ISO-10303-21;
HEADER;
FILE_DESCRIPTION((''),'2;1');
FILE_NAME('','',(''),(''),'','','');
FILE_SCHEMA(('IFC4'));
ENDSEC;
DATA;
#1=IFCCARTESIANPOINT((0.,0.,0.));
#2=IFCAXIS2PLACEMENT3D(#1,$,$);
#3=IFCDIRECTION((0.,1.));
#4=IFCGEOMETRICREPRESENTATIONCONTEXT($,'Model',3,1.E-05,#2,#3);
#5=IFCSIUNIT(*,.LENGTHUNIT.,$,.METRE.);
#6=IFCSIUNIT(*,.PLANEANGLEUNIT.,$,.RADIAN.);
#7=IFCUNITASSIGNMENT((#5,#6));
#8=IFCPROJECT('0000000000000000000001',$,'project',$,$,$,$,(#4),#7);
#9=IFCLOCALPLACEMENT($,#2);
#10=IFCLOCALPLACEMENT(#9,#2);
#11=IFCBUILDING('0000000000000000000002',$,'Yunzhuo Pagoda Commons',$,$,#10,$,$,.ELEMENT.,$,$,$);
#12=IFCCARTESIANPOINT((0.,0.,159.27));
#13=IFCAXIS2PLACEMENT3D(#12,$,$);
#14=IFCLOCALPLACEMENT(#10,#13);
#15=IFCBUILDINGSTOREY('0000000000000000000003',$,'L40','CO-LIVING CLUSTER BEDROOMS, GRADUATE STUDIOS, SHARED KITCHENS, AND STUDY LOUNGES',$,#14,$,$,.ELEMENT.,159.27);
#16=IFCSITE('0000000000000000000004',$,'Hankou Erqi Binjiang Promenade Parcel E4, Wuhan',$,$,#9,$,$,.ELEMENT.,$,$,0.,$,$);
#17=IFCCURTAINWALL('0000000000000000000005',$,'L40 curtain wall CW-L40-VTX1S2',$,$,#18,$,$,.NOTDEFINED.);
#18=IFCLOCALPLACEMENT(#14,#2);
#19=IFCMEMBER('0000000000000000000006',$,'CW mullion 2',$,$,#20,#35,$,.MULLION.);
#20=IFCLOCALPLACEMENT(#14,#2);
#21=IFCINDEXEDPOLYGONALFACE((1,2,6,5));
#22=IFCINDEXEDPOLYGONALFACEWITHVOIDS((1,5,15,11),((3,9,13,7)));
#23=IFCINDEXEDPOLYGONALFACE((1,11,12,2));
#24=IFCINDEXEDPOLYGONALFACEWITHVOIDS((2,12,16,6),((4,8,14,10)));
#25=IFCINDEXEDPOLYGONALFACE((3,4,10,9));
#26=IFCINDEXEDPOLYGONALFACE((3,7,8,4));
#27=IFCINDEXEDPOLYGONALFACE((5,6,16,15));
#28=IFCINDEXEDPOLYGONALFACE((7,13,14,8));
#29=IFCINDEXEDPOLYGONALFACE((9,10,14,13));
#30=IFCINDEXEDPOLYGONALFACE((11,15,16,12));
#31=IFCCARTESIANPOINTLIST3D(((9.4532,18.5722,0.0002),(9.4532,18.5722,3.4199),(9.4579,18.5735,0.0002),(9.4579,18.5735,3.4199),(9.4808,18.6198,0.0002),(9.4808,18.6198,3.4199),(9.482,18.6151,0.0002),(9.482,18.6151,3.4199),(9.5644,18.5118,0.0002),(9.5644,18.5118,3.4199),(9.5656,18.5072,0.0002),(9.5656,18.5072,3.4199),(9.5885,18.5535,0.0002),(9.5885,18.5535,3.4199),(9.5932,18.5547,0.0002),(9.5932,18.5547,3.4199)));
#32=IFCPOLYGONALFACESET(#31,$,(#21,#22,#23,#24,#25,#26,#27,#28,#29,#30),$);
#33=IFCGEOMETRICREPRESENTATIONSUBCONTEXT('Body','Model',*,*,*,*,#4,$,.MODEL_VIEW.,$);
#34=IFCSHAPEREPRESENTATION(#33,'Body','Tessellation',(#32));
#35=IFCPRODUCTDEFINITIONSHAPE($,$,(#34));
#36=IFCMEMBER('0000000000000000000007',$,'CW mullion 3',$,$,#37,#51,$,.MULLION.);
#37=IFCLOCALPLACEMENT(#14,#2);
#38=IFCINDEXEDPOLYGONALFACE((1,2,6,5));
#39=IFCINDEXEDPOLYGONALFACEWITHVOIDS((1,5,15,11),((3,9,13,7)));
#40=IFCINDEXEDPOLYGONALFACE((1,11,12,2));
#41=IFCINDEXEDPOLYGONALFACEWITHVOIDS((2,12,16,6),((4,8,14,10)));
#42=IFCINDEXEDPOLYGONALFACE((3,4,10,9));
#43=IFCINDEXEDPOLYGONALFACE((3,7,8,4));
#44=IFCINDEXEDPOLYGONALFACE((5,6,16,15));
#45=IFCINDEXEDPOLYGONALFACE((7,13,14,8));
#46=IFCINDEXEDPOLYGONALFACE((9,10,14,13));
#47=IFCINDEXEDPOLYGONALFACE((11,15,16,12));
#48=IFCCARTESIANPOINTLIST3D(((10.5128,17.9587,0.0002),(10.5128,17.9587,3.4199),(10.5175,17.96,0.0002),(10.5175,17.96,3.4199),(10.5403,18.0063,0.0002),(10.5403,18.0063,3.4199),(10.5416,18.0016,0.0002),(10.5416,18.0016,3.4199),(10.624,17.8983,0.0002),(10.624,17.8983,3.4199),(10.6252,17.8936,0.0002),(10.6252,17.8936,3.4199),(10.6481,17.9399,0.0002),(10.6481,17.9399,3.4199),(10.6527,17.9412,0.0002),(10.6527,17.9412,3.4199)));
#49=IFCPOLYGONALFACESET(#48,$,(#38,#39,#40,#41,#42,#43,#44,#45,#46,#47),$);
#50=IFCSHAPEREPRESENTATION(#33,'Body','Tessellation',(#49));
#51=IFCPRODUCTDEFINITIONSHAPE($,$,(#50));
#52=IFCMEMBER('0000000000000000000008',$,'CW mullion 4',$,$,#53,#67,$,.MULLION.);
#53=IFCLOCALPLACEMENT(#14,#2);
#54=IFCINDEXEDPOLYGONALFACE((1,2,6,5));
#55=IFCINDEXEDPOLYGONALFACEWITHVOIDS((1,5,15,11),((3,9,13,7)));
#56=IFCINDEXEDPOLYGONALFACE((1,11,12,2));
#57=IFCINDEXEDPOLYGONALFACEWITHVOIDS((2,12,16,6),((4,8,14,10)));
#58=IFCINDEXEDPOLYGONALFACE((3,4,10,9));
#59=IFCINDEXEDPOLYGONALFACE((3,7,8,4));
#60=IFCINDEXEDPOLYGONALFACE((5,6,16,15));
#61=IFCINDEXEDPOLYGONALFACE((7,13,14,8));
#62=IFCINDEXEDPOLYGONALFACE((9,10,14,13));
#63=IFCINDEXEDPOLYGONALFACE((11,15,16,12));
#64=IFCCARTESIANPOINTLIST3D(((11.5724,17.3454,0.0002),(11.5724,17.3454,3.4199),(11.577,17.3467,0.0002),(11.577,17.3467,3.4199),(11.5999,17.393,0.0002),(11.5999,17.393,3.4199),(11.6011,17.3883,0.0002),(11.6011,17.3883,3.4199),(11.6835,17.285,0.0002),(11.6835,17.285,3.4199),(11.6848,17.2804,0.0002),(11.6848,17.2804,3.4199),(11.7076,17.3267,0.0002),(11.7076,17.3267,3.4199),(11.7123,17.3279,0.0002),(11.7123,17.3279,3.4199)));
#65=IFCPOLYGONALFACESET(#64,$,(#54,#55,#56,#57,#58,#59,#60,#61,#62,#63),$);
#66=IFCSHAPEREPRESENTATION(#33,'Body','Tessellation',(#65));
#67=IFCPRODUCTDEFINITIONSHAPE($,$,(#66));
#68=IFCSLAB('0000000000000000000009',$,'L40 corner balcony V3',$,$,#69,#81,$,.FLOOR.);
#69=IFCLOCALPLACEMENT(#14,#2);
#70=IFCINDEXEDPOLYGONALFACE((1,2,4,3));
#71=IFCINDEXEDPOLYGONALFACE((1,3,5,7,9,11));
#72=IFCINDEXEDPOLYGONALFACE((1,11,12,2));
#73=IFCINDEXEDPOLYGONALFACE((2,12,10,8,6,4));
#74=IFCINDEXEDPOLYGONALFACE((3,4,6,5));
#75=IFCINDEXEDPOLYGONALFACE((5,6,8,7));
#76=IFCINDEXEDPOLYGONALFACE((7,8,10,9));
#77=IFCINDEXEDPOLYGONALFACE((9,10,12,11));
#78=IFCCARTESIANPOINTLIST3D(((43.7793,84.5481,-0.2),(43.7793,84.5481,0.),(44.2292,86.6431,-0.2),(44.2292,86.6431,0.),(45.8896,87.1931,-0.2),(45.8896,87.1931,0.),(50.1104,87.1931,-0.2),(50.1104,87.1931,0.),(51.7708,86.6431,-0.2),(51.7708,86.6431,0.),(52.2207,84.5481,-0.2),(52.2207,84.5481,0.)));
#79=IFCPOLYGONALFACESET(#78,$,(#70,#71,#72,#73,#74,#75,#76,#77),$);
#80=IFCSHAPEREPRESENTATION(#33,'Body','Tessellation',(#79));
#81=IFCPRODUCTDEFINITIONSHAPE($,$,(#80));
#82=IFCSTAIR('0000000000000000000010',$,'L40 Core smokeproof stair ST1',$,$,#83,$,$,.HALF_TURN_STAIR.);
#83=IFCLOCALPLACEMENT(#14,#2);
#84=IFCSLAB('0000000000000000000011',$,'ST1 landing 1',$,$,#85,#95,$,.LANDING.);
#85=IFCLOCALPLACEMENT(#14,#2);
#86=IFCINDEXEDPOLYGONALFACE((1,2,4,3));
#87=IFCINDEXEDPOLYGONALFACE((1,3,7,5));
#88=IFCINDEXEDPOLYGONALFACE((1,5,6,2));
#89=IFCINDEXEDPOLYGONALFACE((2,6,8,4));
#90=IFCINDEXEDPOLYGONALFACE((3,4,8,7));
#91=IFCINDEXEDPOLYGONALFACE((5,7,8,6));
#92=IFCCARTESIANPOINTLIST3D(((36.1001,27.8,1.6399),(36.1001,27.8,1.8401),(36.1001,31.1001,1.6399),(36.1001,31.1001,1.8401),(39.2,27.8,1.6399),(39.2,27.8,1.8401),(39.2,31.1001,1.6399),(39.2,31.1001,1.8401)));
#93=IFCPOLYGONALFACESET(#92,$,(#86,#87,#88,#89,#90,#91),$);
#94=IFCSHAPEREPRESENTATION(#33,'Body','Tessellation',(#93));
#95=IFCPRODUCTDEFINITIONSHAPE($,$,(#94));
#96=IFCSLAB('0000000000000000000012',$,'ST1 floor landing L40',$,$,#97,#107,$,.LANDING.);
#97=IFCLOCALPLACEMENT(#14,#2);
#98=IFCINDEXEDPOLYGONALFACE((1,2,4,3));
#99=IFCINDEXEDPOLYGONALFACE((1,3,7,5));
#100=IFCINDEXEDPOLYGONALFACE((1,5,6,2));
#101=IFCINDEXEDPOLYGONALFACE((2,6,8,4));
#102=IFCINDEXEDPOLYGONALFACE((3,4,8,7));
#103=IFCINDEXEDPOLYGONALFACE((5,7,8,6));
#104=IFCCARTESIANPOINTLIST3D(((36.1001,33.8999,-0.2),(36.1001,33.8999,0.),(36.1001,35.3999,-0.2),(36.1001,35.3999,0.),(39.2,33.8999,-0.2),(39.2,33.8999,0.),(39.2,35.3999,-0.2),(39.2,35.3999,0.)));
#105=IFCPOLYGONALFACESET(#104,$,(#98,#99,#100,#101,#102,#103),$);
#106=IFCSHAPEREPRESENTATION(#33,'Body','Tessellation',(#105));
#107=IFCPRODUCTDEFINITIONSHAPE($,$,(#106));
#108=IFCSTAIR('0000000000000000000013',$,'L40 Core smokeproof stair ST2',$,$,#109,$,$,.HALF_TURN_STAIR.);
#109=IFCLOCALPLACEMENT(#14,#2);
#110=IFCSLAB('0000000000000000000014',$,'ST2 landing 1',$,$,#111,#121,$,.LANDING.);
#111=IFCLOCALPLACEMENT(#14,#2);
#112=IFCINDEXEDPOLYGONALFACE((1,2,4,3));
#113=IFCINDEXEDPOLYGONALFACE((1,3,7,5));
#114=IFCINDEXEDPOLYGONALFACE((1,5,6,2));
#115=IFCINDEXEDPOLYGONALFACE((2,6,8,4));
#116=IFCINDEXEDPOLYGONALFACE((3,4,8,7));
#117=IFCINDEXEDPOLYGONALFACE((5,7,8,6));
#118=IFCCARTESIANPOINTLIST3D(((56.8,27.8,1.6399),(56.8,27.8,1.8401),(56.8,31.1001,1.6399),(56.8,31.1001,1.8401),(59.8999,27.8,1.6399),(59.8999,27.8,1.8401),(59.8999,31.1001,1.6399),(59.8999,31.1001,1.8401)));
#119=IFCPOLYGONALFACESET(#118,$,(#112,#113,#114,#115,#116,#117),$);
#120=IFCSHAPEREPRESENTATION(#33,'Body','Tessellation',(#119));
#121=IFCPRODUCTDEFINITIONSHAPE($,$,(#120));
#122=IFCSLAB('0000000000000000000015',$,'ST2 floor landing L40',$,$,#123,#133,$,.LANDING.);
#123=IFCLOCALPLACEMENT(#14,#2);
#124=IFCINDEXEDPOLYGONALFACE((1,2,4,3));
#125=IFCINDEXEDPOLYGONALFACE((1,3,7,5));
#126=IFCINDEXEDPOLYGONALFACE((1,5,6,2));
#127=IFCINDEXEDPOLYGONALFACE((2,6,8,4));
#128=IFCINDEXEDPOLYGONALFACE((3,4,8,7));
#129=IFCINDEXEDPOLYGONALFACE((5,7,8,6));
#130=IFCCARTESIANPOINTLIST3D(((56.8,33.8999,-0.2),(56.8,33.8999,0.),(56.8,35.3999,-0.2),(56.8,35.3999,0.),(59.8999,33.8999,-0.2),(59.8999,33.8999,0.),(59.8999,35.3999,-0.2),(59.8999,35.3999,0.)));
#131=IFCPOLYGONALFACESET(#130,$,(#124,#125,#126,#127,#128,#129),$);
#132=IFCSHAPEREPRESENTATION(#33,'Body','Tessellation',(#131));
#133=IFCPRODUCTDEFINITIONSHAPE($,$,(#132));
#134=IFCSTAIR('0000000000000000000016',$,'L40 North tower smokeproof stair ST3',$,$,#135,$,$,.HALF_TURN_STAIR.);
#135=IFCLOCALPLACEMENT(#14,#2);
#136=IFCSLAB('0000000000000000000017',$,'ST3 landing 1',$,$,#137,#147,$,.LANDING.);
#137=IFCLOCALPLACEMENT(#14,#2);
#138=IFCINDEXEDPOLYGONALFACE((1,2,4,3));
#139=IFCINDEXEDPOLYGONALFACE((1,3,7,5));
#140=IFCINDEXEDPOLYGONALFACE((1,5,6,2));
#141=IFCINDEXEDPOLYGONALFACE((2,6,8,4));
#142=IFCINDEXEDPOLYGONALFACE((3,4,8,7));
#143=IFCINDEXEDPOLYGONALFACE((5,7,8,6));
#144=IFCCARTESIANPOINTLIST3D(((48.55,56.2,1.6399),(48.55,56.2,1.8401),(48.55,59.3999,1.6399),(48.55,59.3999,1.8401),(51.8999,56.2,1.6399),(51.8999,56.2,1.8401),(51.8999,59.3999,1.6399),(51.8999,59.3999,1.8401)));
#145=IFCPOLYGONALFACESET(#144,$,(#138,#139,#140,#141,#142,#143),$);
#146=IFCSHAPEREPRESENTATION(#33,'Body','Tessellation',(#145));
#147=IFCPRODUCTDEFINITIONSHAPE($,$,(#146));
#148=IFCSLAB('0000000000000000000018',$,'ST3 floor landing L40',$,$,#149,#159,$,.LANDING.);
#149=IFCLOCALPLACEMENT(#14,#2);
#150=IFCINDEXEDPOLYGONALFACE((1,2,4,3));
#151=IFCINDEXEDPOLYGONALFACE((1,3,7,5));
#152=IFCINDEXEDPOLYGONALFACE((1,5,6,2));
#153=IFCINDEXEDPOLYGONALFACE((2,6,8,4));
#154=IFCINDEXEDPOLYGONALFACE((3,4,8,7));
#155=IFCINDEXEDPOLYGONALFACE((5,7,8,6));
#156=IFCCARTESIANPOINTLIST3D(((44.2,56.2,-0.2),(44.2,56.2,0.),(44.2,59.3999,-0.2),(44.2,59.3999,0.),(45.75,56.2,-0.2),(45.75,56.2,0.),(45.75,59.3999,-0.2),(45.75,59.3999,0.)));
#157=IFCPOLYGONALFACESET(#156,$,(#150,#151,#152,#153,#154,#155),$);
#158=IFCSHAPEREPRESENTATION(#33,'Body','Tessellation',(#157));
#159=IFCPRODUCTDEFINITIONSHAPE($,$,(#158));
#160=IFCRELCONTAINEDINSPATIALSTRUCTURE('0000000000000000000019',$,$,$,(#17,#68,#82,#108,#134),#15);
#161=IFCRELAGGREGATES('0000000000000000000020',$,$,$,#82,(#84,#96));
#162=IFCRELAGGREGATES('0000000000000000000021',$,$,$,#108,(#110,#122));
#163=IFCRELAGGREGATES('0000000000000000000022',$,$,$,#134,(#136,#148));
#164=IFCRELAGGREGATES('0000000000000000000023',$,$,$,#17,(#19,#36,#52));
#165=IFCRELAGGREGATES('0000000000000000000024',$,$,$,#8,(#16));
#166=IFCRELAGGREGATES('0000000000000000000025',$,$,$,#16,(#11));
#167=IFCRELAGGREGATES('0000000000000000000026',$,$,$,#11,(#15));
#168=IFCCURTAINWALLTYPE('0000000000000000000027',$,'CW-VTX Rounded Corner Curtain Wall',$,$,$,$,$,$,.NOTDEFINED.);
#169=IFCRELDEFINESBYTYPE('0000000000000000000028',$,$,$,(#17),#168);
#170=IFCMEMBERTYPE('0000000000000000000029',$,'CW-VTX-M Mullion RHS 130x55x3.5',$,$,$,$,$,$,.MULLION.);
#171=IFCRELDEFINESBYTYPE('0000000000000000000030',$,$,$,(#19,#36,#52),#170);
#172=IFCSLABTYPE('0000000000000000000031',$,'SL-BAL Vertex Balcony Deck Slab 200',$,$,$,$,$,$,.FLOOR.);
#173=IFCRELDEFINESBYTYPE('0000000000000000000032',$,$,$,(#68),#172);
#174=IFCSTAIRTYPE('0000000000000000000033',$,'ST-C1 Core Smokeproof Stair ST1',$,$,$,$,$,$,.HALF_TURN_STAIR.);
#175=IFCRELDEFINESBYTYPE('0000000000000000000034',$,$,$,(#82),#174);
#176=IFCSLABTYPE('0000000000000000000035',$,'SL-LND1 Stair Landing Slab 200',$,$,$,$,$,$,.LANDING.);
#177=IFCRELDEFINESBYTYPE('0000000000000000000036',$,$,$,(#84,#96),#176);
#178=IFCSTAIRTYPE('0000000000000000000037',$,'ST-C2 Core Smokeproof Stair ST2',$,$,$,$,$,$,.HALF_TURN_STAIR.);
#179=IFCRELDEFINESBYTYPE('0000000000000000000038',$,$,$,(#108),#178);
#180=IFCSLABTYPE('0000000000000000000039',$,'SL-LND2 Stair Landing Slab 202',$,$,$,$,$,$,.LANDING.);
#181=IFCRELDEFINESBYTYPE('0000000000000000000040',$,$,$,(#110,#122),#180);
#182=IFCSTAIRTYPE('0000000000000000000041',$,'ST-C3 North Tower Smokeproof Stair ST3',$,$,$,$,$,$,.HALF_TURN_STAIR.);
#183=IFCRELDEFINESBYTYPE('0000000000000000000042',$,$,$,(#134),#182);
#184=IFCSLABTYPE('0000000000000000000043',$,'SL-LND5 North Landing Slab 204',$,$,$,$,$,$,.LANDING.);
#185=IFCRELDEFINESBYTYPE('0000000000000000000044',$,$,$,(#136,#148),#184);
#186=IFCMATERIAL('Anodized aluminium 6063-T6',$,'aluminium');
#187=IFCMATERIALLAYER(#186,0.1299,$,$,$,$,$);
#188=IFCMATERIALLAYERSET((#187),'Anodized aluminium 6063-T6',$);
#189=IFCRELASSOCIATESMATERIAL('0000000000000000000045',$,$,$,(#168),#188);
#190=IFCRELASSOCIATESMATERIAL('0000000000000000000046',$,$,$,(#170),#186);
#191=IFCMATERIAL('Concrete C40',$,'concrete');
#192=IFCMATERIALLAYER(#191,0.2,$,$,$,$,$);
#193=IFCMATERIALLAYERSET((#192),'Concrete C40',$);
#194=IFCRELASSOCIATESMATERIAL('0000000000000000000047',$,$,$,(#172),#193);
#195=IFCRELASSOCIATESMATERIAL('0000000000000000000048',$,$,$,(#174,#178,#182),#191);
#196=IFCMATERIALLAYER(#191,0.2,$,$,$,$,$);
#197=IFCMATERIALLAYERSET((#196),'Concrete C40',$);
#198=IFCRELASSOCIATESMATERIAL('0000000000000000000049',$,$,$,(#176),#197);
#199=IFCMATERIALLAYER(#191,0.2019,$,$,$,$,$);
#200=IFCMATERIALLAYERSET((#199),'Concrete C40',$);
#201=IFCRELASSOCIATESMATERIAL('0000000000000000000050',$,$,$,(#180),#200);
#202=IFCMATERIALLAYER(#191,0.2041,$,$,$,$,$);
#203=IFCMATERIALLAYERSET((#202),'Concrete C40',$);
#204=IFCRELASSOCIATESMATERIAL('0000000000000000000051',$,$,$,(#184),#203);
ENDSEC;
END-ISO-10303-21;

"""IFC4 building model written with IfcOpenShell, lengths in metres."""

from ifc_helpers import new_model, si_unit, direction, frame, origin, origin_2d, place, context, subcontext, project, spatial, polyline, hollow_rectangle, outline, extrude, source, transform, mapped, material, layer, layer_set, material_profile, profile_set, type_object, element, aggregate, save


model = new_model("IFC4")

# Units and contexts
model_context = context("Model", 3, precision=1e-05, world=origin(), true_north=direction((0.0, 1.0)))
body_context = subcontext(model_context, "Body", "Model", "MODEL_VIEW")
ifc_project = project(units=[si_unit("LENGTHUNIT", "METRE"), si_unit("PLANEANGLEUNIT", "RADIAN")], contexts=[model_context])

# Site, building, storey
site_placement = place(None, origin())
site = spatial("IfcSite", under=ifc_project, at=site_placement, Name="Hankou Erqi Binjiang Promenade Parcel E4, Wuhan", CompositionType="ELEMENT", RefElevation=0.0)
building_placement = place(site_placement, origin())
building = spatial("IfcBuilding", under=site, at=building_placement, Name="Yunzhuo Pagoda Commons", CompositionType="ELEMENT")
storey_placement = place(building_placement, frame((0.0, 0.0, 159.27)))
storey = spatial("IfcBuildingStorey", under=building, at=storey_placement, Name="L40", Description="CO-LIVING CLUSTER BEDROOMS, GRADUATE STUDIOS, SHARED KITCHENS, AND STUDY LOUNGES", CompositionType="ELEMENT", Elevation=159.27)

# Curtain wall, members
ifc_material_1 = material(Name="Anodized aluminium 6063-T6", Category="aluminium")
ifc_layer_1 = layer(ifc_material_1, 0.1299)
ifc_layer_set_1 = layer_set([ifc_layer_1], Name="Anodized aluminium 6063-T6")
curtain_wall_type_1 = type_object("IfcCurtainWallType", Name="CW-VTX Rounded Corner Curtain Wall", PredefinedType="NOTDEFINED", material=ifc_layer_set_1)
curtain_wall_1_placement = place(storey_placement, origin())
curtain_wall_1 = element("IfcCurtainWall", 1, at=curtain_wall_1_placement, inside=storey, type_object=curtain_wall_type_1, Name="L40 curtain wall CW-L40-VTX1S2", PredefinedType="NOTDEFINED")
ifc_material_profile_1 = material_profile(ifc_material_1, hollow_rectangle(XDim=0.0549, YDim=0.1299, WallThickness=0.0034, at=origin_2d()), Name="Anodized aluminium 6063-T6")
ifc_profile_set_1 = profile_set([ifc_material_profile_1], Name="Anodized aluminium 6063-T6")
member_type_1 = type_object("IfcMemberType", Name="CW-VTX-M Mullion RHS 130x55x3.5", PredefinedType="MULLION", material=ifc_profile_set_1)
shared_shape_1 = source(origin(), body_context, "Body", "SweptSolid", [
    extrude(hollow_rectangle(XDim=0.0549, YDim=0.1299, WallThickness=0.0034, at=origin_2d()), origin(), (0.0, 0.0, 1.0), 3.4197),
])
member_1_placement = place(storey_placement, frame((9.5232, 18.5635, 0.0002), z_axis=(0.0, 0.0, 1.0), x_axis=(0.501035, 0.865427, 0.0)))
member_1 = element("IfcMember", 2, at=member_1_placement, type_object=member_type_1, Name="CW mullion 2", PredefinedType="MULLION", context=body_context, shape_type="MappedRepresentation", body=[
    mapped(shared_shape_1, transform((0.0, 0.0, 0.0), scale=1.0)),
])
member_2_placement = place(storey_placement, frame((10.5828, 17.95, 0.0002), z_axis=(0.0, 0.0, 1.0), x_axis=(0.501035, 0.865427, 0.0)))
member_2 = element("IfcMember", 3, at=member_2_placement, type_object=member_type_1, Name="CW mullion 3", PredefinedType="MULLION", context=body_context, shape_type="MappedRepresentation", body=[
    mapped(shared_shape_1, transform((0.0, 0.0, 0.0), scale=1.0)),
])
member_3_placement = place(storey_placement, frame((11.6423, 17.3367, 0.0002), z_axis=(0.0, 0.0, 1.0), x_axis=(0.501035, 0.865427, 0.0)))
member_3 = element("IfcMember", 4, at=member_3_placement, type_object=member_type_1, Name="CW mullion 4", PredefinedType="MULLION", context=body_context, shape_type="MappedRepresentation", body=[
    mapped(shared_shape_1, transform((0.0, 0.0, 0.0), scale=1.0)),
])

# Slab
ifc_material_2 = material(Name="Concrete C40", Category="concrete")
ifc_layer_2 = layer(ifc_material_2, 0.2)
ifc_layer_set_2 = layer_set([ifc_layer_2], Name="Concrete C40")
slab_type_1 = type_object("IfcSlabType", Name="SL-BAL Vertex Balcony Deck Slab 200", PredefinedType="FLOOR", material=ifc_layer_set_2)
slab_1_placement = place(storey_placement, frame((0.0, 0.0, -0.2)))
element("IfcSlab", 5, at=slab_1_placement, inside=storey, type_object=slab_type_1, Name="L40 corner balcony V3", PredefinedType="FLOOR", context=body_context, shape_type="SweptSolid", body=[
    extrude(outline(polyline([(52.2207, 84.5481), (43.7793, 84.5481), (44.2292, 86.6431), (45.8896, 87.1931), (50.1104, 87.1931), (51.7708, 86.6431), (52.2207, 84.5481)])), origin(), (0.0, 0.0, 1.0), 0.2),
])

# Stairs, slabs
stair_type_1 = type_object("IfcStairType", Name="ST-C1 Core Smokeproof Stair ST1", PredefinedType="HALF_TURN_STAIR", material=ifc_material_2)
stair_1_placement = place(storey_placement, origin())
stair_1 = element("IfcStair", 6, at=stair_1_placement, inside=storey, type_object=stair_type_1, Name="L40 Core smokeproof stair ST1", PredefinedType="HALF_TURN_STAIR")
ifc_layer_3 = layer(ifc_material_2, 0.2)
ifc_layer_set_3 = layer_set([ifc_layer_3], Name="Concrete C40")
slab_type_2 = type_object("IfcSlabType", Name="SL-LND1 Stair Landing Slab 200", PredefinedType="LANDING", material=ifc_layer_set_3)
slab_2_placement = place(storey_placement, frame((0.0, 0.0, 1.6399)))
slab_2 = element("IfcSlab", 7, at=slab_2_placement, type_object=slab_type_2, Name="ST1 landing 1", PredefinedType="LANDING", context=body_context, shape_type="SweptSolid", body=[
    extrude(outline(polyline([(36.1001, 31.1001), (36.1001, 27.8), (39.2, 27.8), (39.2, 31.1001), (36.1001, 31.1001)])), origin(), (0.0, 0.0, 1.0), 0.2002),
])
slab_3_placement = place(storey_placement, frame((0.0, 0.0, -0.2)))
slab_3 = element("IfcSlab", 8, at=slab_3_placement, type_object=slab_type_2, Name="ST1 floor landing L40", PredefinedType="LANDING", context=body_context, shape_type="SweptSolid", body=[
    extrude(outline(polyline([(36.1001, 35.3999), (36.1001, 33.8999), (39.2, 33.8999), (39.2, 35.3999), (36.1001, 35.3999)])), origin(), (0.0, 0.0, 1.0), 0.2),
])
aggregate(stair_1, [slab_2, slab_3])
stair_type_2 = type_object("IfcStairType", Name="ST-C2 Core Smokeproof Stair ST2", PredefinedType="HALF_TURN_STAIR", material=ifc_material_2)
stair_2_placement = place(storey_placement, origin())
stair_2 = element("IfcStair", 9, at=stair_2_placement, inside=storey, type_object=stair_type_2, Name="L40 Core smokeproof stair ST2", PredefinedType="HALF_TURN_STAIR")
ifc_layer_4 = layer(ifc_material_2, 0.2019)
ifc_layer_set_4 = layer_set([ifc_layer_4], Name="Concrete C40")
slab_type_3 = type_object("IfcSlabType", Name="SL-LND2 Stair Landing Slab 202", PredefinedType="LANDING", material=ifc_layer_set_4)
slab_4_placement = place(storey_placement, frame((0.0, 0.0, 1.6399)))
slab_4 = element("IfcSlab", 10, at=slab_4_placement, type_object=slab_type_3, Name="ST2 landing 1", PredefinedType="LANDING", context=body_context, shape_type="SweptSolid", body=[
    extrude(outline(polyline([(56.8, 31.1001), (56.8, 27.8), (59.8999, 27.8), (59.8999, 31.1001), (56.8, 31.1001)])), origin(), (0.0, 0.0, 1.0), 0.2002),
])
slab_5_placement = place(storey_placement, frame((0.0, 0.0, -0.2)))
slab_5 = element("IfcSlab", 11, at=slab_5_placement, type_object=slab_type_3, Name="ST2 floor landing L40", PredefinedType="LANDING", context=body_context, shape_type="SweptSolid", body=[
    extrude(outline(polyline([(56.8, 35.3999), (56.8, 33.8999), (59.8999, 33.8999), (59.8999, 35.3999), (56.8, 35.3999)])), origin(), (0.0, 0.0, 1.0), 0.2),
])
aggregate(stair_2, [slab_4, slab_5])
stair_type_3 = type_object("IfcStairType", Name="ST-C3 North Tower Smokeproof Stair ST3", PredefinedType="HALF_TURN_STAIR", material=ifc_material_2)
stair_3_placement = place(storey_placement, origin())
stair_3 = element("IfcStair", 12, at=stair_3_placement, inside=storey, type_object=stair_type_3, Name="L40 North tower smokeproof stair ST3", PredefinedType="HALF_TURN_STAIR")
ifc_layer_5 = layer(ifc_material_2, 0.2041)
ifc_layer_set_5 = layer_set([ifc_layer_5], Name="Concrete C40")
slab_type_4 = type_object("IfcSlabType", Name="SL-LND5 North Landing Slab 204", PredefinedType="LANDING", material=ifc_layer_set_5)
slab_6_placement = place(storey_placement, frame((0.0, 0.0, 1.6399)))
slab_6 = element("IfcSlab", 13, at=slab_6_placement, type_object=slab_type_4, Name="ST3 landing 1", PredefinedType="LANDING", context=body_context, shape_type="SweptSolid", body=[
    extrude(outline(polyline([(48.55, 56.2), (51.8999, 56.2), (51.8999, 59.3999), (48.55, 59.3999), (48.55, 56.2)])), origin(), (0.0, 0.0, 1.0), 0.2002),
])
slab_7_placement = place(storey_placement, frame((0.0, 0.0, -0.2)))
slab_7 = element("IfcSlab", 14, at=slab_7_placement, type_object=slab_type_4, Name="ST3 floor landing L40", PredefinedType="LANDING", context=body_context, shape_type="SweptSolid", body=[
    extrude(outline(polyline([(44.2, 56.2), (45.75, 56.2), (45.75, 59.3999), (44.2, 59.3999), (44.2, 56.2)])), origin(), (0.0, 0.0, 1.0), 0.2),
])
aggregate(stair_3, [slab_6, slab_7])

aggregate(curtain_wall_1, [member_1, member_2, member_3])

save(model, "model.ifc")
